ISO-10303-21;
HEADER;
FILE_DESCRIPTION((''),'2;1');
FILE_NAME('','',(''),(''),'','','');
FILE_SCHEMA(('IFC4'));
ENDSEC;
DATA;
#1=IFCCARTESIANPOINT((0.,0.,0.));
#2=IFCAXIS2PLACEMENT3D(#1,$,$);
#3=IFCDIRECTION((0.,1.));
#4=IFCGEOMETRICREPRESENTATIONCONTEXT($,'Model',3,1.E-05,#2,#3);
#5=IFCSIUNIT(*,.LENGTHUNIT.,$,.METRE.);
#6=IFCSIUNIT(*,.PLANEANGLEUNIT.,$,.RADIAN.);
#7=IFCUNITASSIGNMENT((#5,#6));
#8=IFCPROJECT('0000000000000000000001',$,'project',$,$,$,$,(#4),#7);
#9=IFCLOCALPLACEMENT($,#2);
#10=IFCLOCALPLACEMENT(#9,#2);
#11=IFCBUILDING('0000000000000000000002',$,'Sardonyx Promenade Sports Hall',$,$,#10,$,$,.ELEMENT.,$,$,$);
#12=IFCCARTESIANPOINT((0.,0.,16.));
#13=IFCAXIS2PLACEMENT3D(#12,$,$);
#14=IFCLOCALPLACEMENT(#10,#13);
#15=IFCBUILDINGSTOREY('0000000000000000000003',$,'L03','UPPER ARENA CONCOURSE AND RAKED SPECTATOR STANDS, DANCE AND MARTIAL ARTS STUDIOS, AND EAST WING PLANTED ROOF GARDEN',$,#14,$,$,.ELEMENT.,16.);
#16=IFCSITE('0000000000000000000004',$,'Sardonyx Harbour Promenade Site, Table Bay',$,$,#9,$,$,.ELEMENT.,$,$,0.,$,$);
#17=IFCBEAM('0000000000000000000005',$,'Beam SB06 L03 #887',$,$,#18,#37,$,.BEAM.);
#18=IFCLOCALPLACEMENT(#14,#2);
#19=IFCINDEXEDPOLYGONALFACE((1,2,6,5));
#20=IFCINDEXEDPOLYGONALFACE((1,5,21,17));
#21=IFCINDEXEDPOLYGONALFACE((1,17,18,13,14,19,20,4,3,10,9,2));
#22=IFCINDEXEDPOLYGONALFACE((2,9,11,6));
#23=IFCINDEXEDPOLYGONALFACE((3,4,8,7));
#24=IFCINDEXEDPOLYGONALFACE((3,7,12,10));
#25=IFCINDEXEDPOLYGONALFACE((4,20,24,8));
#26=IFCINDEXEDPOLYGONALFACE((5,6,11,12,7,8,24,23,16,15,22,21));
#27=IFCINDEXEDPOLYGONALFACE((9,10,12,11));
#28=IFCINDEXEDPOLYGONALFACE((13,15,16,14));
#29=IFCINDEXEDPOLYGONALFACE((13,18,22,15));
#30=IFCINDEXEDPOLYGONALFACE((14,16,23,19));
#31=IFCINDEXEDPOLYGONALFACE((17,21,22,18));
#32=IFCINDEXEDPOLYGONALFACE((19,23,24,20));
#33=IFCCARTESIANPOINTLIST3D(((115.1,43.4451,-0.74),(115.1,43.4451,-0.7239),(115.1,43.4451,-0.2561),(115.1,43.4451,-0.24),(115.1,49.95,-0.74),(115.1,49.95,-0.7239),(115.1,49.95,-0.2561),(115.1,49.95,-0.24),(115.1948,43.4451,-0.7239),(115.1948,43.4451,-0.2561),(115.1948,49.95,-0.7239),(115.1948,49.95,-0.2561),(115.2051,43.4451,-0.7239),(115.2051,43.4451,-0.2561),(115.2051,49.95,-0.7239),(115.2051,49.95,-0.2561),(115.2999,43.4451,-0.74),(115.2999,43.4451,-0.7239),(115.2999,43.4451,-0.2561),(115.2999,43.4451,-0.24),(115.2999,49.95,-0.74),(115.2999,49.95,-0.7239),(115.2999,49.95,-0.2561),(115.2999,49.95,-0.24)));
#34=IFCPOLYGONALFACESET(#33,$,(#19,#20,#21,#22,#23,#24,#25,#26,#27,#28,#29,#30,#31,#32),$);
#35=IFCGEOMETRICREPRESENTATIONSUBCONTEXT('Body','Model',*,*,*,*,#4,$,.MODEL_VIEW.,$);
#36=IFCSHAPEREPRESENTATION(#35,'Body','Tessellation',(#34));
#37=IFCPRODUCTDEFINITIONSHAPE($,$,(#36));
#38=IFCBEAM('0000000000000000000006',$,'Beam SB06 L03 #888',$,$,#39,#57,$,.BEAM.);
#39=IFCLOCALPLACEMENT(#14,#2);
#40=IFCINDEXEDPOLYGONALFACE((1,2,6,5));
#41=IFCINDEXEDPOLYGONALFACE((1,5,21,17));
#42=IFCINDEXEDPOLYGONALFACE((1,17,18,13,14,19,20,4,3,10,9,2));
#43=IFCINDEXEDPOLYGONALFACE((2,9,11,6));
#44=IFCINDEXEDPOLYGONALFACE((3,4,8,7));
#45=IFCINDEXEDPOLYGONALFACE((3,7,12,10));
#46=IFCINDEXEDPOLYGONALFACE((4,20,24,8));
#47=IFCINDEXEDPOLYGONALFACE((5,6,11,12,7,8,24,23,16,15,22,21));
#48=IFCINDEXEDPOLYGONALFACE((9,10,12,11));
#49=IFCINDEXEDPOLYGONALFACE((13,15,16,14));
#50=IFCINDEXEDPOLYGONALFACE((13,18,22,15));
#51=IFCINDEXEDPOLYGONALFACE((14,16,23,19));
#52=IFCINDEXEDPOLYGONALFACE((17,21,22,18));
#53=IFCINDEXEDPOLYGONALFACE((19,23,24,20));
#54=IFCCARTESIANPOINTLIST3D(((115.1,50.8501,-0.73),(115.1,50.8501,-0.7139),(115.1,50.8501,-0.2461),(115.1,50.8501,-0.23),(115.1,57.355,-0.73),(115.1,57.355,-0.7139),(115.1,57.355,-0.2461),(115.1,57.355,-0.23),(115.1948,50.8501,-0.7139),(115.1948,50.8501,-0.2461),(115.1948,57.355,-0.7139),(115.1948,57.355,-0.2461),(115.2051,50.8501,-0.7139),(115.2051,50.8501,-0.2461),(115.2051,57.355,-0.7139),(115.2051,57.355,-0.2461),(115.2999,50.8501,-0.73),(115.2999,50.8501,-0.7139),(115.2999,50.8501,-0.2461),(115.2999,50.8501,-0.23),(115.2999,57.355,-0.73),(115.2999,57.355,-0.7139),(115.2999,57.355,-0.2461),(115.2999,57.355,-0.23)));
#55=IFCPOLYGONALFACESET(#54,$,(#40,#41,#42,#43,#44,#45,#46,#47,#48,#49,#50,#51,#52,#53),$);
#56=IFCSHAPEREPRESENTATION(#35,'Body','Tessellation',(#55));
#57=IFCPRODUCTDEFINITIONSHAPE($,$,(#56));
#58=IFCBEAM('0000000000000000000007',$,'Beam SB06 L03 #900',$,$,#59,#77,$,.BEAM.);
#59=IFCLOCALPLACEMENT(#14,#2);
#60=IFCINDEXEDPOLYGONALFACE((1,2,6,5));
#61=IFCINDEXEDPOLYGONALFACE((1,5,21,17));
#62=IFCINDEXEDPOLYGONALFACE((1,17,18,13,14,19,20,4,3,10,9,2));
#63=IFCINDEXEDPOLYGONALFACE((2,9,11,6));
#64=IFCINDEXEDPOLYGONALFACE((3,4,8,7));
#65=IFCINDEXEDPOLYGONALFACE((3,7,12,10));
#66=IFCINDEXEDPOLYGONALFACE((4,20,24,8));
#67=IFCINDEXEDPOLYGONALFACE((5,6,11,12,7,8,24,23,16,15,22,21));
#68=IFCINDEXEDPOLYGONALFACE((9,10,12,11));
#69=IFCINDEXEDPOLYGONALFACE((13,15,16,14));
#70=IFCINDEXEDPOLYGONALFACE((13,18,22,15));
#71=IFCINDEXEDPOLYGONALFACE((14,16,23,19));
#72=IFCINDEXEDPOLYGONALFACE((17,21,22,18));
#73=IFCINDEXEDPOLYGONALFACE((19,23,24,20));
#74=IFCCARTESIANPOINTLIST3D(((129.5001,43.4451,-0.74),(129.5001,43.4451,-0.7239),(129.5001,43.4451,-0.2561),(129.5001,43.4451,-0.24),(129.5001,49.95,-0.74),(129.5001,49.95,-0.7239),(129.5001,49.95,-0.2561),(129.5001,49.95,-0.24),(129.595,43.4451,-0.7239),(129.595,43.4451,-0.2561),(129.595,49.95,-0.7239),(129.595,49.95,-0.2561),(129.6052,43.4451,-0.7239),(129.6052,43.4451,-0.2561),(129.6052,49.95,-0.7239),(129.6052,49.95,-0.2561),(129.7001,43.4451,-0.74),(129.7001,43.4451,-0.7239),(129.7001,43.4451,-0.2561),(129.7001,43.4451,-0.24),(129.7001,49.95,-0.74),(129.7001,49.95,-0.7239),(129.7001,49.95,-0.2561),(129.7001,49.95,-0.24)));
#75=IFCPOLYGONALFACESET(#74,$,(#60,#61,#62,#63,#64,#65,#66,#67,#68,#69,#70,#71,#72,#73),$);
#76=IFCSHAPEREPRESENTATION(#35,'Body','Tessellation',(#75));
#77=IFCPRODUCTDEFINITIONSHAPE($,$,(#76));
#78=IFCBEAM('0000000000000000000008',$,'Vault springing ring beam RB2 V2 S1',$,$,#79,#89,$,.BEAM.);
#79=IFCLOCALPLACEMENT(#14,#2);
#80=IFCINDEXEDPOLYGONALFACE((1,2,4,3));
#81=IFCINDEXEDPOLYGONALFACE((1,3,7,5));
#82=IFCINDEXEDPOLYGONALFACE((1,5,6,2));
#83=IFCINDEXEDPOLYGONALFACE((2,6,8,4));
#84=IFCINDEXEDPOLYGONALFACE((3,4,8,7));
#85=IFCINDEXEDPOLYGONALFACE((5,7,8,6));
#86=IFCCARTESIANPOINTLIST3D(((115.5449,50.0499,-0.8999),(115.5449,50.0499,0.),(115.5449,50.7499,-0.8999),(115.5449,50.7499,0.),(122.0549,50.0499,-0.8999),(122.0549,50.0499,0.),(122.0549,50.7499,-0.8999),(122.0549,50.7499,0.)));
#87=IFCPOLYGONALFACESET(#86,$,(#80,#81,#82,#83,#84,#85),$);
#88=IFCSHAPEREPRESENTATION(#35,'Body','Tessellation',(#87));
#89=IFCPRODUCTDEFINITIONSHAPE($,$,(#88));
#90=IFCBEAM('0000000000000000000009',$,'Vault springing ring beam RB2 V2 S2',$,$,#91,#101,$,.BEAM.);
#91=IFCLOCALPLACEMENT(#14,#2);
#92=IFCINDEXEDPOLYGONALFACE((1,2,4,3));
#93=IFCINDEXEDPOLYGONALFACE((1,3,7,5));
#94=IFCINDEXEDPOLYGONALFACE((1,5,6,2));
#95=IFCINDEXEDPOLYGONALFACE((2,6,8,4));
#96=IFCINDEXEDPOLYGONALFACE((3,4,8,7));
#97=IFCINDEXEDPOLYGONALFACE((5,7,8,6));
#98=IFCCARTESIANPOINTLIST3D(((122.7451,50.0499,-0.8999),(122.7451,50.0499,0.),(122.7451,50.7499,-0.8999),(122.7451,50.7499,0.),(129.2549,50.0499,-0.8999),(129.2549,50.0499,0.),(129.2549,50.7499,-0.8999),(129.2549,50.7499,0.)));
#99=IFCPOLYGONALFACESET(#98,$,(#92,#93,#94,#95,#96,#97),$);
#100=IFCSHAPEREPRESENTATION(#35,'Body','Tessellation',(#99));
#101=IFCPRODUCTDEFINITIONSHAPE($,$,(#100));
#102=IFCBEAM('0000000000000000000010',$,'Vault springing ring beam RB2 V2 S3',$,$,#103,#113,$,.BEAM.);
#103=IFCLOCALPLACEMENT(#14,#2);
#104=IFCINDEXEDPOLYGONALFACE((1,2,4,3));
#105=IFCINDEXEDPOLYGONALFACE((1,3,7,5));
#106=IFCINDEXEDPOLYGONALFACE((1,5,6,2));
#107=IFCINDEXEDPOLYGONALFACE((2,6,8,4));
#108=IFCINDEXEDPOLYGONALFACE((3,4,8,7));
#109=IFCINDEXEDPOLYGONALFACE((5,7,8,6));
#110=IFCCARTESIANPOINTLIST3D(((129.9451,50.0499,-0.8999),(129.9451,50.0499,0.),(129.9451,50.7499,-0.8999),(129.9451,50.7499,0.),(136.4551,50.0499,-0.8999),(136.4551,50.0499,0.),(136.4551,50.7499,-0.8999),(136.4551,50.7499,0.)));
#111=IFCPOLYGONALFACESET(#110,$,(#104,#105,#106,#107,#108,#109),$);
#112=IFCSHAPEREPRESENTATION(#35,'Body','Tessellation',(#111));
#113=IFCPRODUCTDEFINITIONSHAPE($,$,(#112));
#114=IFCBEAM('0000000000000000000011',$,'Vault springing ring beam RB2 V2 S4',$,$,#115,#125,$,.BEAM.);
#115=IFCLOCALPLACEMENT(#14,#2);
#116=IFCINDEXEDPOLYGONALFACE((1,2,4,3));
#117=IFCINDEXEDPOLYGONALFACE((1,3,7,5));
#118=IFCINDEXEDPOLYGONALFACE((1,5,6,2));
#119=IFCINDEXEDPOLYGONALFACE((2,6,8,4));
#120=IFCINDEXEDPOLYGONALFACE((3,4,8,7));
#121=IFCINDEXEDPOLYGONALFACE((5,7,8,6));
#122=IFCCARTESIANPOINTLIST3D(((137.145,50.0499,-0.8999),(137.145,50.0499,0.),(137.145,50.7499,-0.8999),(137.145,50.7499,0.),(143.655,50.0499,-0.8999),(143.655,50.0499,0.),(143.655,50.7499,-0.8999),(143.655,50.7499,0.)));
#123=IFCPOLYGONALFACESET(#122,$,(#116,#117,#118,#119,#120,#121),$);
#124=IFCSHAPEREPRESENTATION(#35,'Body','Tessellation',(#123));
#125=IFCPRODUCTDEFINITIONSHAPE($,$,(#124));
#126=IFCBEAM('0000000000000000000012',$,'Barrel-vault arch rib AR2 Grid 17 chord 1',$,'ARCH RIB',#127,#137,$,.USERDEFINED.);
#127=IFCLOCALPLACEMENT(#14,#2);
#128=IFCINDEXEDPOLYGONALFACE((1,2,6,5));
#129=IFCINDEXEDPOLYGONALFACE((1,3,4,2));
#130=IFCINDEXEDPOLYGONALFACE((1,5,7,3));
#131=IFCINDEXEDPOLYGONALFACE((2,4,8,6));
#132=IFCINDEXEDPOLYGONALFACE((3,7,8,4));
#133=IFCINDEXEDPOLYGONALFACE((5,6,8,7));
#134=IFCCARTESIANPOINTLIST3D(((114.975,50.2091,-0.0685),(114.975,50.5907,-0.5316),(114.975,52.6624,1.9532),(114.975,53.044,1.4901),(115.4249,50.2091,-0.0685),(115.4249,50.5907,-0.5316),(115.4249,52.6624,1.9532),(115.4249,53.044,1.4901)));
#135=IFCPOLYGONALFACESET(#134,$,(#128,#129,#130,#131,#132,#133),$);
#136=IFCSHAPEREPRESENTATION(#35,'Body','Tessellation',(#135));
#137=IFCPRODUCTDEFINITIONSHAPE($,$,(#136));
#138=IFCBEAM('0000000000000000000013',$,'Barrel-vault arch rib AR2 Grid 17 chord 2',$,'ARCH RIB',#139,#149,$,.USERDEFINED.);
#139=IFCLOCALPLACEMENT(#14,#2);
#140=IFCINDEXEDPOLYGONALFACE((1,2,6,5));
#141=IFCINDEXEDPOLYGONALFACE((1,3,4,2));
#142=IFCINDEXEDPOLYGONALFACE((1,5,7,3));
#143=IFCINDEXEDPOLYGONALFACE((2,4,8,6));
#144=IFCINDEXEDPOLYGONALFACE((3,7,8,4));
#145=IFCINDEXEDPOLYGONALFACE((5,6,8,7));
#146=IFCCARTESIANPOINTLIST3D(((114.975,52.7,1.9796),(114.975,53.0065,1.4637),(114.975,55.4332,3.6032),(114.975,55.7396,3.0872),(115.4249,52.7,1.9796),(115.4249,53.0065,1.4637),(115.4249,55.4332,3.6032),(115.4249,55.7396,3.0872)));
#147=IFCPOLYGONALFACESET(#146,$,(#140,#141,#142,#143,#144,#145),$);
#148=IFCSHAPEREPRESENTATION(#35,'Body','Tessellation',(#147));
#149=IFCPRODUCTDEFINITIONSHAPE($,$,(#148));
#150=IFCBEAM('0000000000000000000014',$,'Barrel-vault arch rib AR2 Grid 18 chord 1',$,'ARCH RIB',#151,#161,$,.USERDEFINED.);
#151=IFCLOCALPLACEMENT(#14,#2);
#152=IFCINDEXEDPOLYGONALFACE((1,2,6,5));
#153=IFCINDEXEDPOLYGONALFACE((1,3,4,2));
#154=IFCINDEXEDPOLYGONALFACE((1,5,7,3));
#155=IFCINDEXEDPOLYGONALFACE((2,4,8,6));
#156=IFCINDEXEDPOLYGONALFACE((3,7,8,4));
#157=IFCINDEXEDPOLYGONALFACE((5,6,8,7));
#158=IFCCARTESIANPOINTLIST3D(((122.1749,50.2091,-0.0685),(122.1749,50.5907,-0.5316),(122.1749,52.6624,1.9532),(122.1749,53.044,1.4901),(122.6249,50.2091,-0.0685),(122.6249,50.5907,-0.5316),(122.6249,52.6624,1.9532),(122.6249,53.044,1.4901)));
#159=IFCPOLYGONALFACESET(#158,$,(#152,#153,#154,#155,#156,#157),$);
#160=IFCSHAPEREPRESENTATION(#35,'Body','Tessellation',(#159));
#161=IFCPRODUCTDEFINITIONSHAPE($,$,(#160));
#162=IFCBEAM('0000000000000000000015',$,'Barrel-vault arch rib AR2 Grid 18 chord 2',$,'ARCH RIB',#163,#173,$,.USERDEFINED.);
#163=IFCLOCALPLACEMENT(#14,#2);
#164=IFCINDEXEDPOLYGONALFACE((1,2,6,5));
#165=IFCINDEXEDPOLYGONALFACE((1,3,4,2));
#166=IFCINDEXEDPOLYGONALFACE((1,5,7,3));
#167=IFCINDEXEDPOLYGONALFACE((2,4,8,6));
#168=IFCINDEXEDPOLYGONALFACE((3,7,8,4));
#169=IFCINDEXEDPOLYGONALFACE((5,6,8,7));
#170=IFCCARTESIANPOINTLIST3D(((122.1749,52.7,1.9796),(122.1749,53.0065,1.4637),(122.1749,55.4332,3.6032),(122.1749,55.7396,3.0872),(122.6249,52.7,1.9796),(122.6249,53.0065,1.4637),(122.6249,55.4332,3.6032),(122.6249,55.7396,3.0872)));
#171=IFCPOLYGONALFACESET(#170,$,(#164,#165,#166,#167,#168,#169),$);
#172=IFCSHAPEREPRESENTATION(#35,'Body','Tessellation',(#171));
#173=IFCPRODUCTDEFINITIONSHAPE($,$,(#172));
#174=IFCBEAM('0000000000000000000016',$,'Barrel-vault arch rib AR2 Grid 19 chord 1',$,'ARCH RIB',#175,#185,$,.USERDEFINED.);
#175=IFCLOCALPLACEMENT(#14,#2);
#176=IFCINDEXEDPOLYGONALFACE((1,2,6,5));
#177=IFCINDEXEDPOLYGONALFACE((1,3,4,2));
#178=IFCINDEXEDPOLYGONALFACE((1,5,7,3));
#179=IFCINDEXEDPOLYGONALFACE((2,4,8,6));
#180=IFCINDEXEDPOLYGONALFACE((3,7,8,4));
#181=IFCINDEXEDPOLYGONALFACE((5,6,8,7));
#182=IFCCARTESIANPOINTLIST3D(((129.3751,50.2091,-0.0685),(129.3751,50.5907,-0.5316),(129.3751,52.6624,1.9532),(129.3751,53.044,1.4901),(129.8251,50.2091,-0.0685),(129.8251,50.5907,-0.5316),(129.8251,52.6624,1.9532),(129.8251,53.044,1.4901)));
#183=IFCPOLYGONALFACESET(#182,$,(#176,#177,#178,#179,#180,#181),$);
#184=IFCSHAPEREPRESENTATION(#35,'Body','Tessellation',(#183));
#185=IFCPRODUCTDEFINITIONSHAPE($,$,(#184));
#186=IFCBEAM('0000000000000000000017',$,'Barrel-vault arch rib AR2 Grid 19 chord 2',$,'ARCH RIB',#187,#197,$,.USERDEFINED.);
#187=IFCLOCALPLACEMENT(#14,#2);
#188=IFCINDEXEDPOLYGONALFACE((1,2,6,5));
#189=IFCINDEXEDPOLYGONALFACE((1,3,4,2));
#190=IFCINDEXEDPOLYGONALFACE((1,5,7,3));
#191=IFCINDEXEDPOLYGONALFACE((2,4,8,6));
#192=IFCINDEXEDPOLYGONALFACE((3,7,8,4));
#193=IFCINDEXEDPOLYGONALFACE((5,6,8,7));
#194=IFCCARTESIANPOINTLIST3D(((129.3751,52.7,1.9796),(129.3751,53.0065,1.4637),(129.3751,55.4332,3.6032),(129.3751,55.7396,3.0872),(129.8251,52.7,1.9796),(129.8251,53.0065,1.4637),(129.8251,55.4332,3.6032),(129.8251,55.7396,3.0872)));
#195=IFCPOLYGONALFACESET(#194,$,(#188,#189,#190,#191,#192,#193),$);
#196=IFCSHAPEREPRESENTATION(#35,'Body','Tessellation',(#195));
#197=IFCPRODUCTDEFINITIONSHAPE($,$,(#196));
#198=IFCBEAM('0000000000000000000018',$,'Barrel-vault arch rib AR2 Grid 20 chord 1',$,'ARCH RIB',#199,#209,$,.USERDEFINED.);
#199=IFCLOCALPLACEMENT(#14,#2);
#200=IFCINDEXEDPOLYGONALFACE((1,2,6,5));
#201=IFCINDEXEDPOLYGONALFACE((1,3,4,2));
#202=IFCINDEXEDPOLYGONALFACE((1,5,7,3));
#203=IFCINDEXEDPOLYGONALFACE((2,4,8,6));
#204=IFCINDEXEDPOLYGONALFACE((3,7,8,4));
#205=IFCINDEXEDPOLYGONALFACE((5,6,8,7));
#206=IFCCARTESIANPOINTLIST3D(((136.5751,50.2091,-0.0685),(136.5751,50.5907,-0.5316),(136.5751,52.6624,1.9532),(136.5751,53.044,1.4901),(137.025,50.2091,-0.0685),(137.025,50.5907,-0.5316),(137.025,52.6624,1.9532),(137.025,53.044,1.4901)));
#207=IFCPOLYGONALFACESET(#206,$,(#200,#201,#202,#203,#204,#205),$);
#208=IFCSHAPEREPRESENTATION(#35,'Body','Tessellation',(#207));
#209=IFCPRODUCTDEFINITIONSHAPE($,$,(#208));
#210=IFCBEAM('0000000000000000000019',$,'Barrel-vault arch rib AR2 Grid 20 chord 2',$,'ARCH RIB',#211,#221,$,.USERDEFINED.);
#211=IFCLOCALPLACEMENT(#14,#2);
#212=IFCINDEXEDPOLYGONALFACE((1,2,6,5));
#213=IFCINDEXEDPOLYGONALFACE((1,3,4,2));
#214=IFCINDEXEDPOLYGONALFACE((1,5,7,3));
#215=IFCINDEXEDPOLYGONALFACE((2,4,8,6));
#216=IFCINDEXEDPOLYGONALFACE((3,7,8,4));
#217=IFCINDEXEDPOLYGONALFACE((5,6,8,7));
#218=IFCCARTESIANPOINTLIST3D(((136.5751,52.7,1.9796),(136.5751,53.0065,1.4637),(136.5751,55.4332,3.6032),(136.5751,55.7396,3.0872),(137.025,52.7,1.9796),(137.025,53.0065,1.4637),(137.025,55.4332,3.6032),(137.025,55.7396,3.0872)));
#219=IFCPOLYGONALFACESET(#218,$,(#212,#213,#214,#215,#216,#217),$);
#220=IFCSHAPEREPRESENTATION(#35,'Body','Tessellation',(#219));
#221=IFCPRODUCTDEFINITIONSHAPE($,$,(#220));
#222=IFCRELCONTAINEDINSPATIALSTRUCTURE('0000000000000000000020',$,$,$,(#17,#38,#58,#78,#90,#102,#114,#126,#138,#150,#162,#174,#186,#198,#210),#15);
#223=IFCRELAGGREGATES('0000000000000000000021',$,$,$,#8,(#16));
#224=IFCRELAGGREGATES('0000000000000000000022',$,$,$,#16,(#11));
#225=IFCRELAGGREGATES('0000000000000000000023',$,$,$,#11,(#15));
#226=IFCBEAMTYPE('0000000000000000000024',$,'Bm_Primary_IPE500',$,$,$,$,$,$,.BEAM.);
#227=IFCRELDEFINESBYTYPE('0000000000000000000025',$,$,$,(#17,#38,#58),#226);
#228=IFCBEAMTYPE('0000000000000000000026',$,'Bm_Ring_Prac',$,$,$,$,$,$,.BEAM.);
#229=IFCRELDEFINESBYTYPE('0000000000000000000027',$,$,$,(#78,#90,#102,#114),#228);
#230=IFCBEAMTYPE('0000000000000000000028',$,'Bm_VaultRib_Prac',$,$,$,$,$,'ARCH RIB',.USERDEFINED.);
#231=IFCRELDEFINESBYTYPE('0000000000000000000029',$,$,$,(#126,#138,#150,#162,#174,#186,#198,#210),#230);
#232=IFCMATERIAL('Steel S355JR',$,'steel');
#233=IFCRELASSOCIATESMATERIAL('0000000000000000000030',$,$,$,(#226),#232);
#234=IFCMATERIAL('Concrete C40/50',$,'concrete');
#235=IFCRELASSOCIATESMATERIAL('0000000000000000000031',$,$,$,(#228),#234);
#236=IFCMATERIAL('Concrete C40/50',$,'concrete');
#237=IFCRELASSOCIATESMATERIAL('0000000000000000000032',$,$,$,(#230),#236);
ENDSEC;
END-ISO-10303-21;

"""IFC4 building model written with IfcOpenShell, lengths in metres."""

from ifc_helpers import new_model, si_unit, direction, frame, origin, origin_2d, place, context, subcontext, project, spatial, rectangle, i_section, extrude, material, material_profile, profile_set, type_object, element, save


model = new_model("IFC4")

# Units and contexts
model_context = context("Model", 3, precision=1e-05, world=origin(), true_north=direction((0.0, 1.0)))
body_context = subcontext(model_context, "Body", "Model", "MODEL_VIEW")
ifc_project = project(units=[si_unit("LENGTHUNIT", "METRE"), si_unit("PLANEANGLEUNIT", "RADIAN")], contexts=[model_context])

# Site, building, storey
site_placement = place(None, origin())
site = spatial("IfcSite", under=ifc_project, at=site_placement, Name="Sardonyx Harbour Promenade Site, Table Bay", CompositionType="ELEMENT", RefElevation=0.0)
building_placement = place(site_placement, origin())
building = spatial("IfcBuilding", under=site, at=building_placement, Name="Sardonyx Promenade Sports Hall", CompositionType="ELEMENT")
storey_placement = place(building_placement, frame((0.0, 0.0, 16.0)))
storey = spatial("IfcBuildingStorey", under=building, at=storey_placement, Name="L03", Description="UPPER ARENA CONCOURSE AND RAKED SPECTATOR STANDS, DANCE AND MARTIAL ARTS STUDIOS, AND EAST WING PLANTED ROOF GARDEN", CompositionType="ELEMENT", Elevation=16.0)

# Beams
ifc_material_1 = material(Name="Steel S355JR", Category="steel")
ifc_material_profile_1 = material_profile(ifc_material_1, i_section(OverallWidth=0.2, OverallDepth=0.5, WebThickness=0.0103, FlangeThickness=0.0161, at=origin_2d()))
ifc_profile_set_1 = profile_set([ifc_material_profile_1], Name="Steel S355JR")
beam_type_1 = type_object("IfcBeamType", Name="Bm_Primary_IPE500", PredefinedType="BEAM", material=ifc_profile_set_1)
for number, where, z_axis, x_axis, name in (
    (1, (115.2, 43.4451, -0.49), (0.0, 1.0, 0.0), (-1.0, 0.0, 0.0), "Beam SB06 L03 #887"),
    (2, (115.2, 50.8501, -0.48), (0.0, 1.0, 0.0), (-1.0, 0.0, 0.0), "Beam SB06 L03 #888"),
    (3, (129.6001, 43.4451, -0.49), (0.0, 1.0, 0.0), (-1.0, 0.0, 0.0), "Beam SB06 L03 #900"),
):
    element("IfcBeam", number, at=place(storey_placement, frame(where, z_axis=z_axis, x_axis=x_axis)), inside=storey, type_object=beam_type_1, Name=name, PredefinedType="BEAM", context=body_context, shape_type="SweptSolid", body=[
        extrude(i_section(OverallWidth=0.2, OverallDepth=0.5, WebThickness=0.0103, FlangeThickness=0.0161, at=origin_2d()), origin(), (0.0, 0.0, 1.0), 6.5049),
    ])
ifc_material_2 = material(Name="Concrete C40/50", Category="concrete")
ifc_material_profile_2 = material_profile(ifc_material_2, rectangle(XDim=0.7, YDim=0.8999, at=origin_2d()))
ifc_profile_set_2 = profile_set([ifc_material_profile_2], Name="Concrete C40/50")
beam_type_2 = type_object("IfcBeamType", Name="Bm_Ring_Prac", PredefinedType="BEAM", material=ifc_profile_set_2)
beam_1_placement = place(storey_placement, frame((115.5449, 50.3999, -0.45), z_axis=(1.0, 0.0, 0.0), x_axis=(0.0, 1.0, 0.0)))
element("IfcBeam", 4, at=beam_1_placement, inside=storey, type_object=beam_type_2, Name="Vault springing ring beam RB2 V2 S1", PredefinedType="BEAM", context=body_context, shape_type="SweptSolid", body=[
    extrude(rectangle(XDim=0.7, YDim=0.8999, at=origin_2d()), origin(), (0.0, 0.0, 1.0), 6.51),
])
beam_2_placement = place(storey_placement, frame((122.7451, 50.3999, -0.45), z_axis=(1.0, 0.0, 0.0), x_axis=(0.0, 1.0, 0.0)))
element("IfcBeam", 5, at=beam_2_placement, inside=storey, type_object=beam_type_2, Name="Vault springing ring beam RB2 V2 S2", PredefinedType="BEAM", context=body_context, shape_type="SweptSolid", body=[
    extrude(rectangle(XDim=0.7, YDim=0.8999, at=origin_2d()), origin(), (0.0, 0.0, 1.0), 6.5098),
])
for number, where, z_axis, x_axis, name in (
    (6, (129.9451, 50.3999, -0.45), (1.0, 0.0, 0.0), (0.0, 1.0, 0.0), "Vault springing ring beam RB2 V2 S3"),
    (7, (137.145, 50.3999, -0.45), (1.0, 0.0, 0.0), (0.0, 1.0, 0.0), "Vault springing ring beam RB2 V2 S4"),
):
    element("IfcBeam", number, at=place(storey_placement, frame(where, z_axis=z_axis, x_axis=x_axis)), inside=storey, type_object=beam_type_2, Name=name, PredefinedType="BEAM", context=body_context, shape_type="SweptSolid", body=[
        extrude(rectangle(XDim=0.7, YDim=0.8999, at=origin_2d()), origin(), (0.0, 0.0, 1.0), 6.51),
    ])
ifc_material_3 = material(Name="Concrete C40/50", Category="concrete")
ifc_material_profile_3 = material_profile(ifc_material_3, rectangle(XDim=0.45, YDim=0.6001, at=origin_2d()))
ifc_profile_set_3 = profile_set([ifc_material_profile_3], Name="Concrete C40/50")
beam_type_3 = type_object("IfcBeamType", Name="Bm_VaultRib_Prac", ElementType="ARCH RIB", PredefinedType="USERDEFINED", material=ifc_profile_set_3)
for number, where, z_axis, x_axis, name in (
    (8, (115.2, 50.3999, -0.3), (0.0, 0.771728, 0.635952), (-1.0, 0.0, 0.0), "Barrel-vault arch rib AR2 Grid 17 chord 1"),
    (9, (115.2, 52.8533, 1.7217), (0.0, 0.859755, 0.510707), (-1.0, 0.0, 0.0), "Barrel-vault arch rib AR2 Grid 17 chord 2"),
    (10, (122.3999, 50.3999, -0.3), (0.0, 0.771728, 0.635952), (-1.0, 0.0, 0.0), "Barrel-vault arch rib AR2 Grid 18 chord 1"),
    (11, (122.3999, 52.8533, 1.7217), (0.0, 0.859755, 0.510707), (-1.0, 0.0, 0.0), "Barrel-vault arch rib AR2 Grid 18 chord 2"),
    (12, (129.6001, 50.3999, -0.3), (0.0, 0.771728, 0.635952), (-1.0, 0.0, 0.0), "Barrel-vault arch rib AR2 Grid 19 chord 1"),
    (13, (129.6001, 52.8533, 1.7217), (0.0, 0.859755, 0.510707), (-1.0, 0.0, 0.0), "Barrel-vault arch rib AR2 Grid 19 chord 2"),
    (14, (136.8, 50.3999, -0.3), (0.0, 0.771728, 0.635952), (-1.0, 0.0, 0.0), "Barrel-vault arch rib AR2 Grid 20 chord 1"),
    (15, (136.8, 52.8533, 1.7217), (0.0, 0.859755, 0.510707), (-1.0, 0.0, 0.0), "Barrel-vault arch rib AR2 Grid 20 chord 2"),
):
    element("IfcBeam", number, at=place(storey_placement, frame(where, z_axis=z_axis, x_axis=x_axis)), inside=storey, type_object=beam_type_3, Name=name, ObjectType="ARCH RIB", PredefinedType="USERDEFINED", context=body_context, shape_type="SweptSolid", body=[
        extrude(rectangle(XDim=0.45, YDim=0.6001, at=origin_2d()), origin(), (0.0, 0.0, 1.0), 3.179),
    ])

save(model, "model.ifc")
